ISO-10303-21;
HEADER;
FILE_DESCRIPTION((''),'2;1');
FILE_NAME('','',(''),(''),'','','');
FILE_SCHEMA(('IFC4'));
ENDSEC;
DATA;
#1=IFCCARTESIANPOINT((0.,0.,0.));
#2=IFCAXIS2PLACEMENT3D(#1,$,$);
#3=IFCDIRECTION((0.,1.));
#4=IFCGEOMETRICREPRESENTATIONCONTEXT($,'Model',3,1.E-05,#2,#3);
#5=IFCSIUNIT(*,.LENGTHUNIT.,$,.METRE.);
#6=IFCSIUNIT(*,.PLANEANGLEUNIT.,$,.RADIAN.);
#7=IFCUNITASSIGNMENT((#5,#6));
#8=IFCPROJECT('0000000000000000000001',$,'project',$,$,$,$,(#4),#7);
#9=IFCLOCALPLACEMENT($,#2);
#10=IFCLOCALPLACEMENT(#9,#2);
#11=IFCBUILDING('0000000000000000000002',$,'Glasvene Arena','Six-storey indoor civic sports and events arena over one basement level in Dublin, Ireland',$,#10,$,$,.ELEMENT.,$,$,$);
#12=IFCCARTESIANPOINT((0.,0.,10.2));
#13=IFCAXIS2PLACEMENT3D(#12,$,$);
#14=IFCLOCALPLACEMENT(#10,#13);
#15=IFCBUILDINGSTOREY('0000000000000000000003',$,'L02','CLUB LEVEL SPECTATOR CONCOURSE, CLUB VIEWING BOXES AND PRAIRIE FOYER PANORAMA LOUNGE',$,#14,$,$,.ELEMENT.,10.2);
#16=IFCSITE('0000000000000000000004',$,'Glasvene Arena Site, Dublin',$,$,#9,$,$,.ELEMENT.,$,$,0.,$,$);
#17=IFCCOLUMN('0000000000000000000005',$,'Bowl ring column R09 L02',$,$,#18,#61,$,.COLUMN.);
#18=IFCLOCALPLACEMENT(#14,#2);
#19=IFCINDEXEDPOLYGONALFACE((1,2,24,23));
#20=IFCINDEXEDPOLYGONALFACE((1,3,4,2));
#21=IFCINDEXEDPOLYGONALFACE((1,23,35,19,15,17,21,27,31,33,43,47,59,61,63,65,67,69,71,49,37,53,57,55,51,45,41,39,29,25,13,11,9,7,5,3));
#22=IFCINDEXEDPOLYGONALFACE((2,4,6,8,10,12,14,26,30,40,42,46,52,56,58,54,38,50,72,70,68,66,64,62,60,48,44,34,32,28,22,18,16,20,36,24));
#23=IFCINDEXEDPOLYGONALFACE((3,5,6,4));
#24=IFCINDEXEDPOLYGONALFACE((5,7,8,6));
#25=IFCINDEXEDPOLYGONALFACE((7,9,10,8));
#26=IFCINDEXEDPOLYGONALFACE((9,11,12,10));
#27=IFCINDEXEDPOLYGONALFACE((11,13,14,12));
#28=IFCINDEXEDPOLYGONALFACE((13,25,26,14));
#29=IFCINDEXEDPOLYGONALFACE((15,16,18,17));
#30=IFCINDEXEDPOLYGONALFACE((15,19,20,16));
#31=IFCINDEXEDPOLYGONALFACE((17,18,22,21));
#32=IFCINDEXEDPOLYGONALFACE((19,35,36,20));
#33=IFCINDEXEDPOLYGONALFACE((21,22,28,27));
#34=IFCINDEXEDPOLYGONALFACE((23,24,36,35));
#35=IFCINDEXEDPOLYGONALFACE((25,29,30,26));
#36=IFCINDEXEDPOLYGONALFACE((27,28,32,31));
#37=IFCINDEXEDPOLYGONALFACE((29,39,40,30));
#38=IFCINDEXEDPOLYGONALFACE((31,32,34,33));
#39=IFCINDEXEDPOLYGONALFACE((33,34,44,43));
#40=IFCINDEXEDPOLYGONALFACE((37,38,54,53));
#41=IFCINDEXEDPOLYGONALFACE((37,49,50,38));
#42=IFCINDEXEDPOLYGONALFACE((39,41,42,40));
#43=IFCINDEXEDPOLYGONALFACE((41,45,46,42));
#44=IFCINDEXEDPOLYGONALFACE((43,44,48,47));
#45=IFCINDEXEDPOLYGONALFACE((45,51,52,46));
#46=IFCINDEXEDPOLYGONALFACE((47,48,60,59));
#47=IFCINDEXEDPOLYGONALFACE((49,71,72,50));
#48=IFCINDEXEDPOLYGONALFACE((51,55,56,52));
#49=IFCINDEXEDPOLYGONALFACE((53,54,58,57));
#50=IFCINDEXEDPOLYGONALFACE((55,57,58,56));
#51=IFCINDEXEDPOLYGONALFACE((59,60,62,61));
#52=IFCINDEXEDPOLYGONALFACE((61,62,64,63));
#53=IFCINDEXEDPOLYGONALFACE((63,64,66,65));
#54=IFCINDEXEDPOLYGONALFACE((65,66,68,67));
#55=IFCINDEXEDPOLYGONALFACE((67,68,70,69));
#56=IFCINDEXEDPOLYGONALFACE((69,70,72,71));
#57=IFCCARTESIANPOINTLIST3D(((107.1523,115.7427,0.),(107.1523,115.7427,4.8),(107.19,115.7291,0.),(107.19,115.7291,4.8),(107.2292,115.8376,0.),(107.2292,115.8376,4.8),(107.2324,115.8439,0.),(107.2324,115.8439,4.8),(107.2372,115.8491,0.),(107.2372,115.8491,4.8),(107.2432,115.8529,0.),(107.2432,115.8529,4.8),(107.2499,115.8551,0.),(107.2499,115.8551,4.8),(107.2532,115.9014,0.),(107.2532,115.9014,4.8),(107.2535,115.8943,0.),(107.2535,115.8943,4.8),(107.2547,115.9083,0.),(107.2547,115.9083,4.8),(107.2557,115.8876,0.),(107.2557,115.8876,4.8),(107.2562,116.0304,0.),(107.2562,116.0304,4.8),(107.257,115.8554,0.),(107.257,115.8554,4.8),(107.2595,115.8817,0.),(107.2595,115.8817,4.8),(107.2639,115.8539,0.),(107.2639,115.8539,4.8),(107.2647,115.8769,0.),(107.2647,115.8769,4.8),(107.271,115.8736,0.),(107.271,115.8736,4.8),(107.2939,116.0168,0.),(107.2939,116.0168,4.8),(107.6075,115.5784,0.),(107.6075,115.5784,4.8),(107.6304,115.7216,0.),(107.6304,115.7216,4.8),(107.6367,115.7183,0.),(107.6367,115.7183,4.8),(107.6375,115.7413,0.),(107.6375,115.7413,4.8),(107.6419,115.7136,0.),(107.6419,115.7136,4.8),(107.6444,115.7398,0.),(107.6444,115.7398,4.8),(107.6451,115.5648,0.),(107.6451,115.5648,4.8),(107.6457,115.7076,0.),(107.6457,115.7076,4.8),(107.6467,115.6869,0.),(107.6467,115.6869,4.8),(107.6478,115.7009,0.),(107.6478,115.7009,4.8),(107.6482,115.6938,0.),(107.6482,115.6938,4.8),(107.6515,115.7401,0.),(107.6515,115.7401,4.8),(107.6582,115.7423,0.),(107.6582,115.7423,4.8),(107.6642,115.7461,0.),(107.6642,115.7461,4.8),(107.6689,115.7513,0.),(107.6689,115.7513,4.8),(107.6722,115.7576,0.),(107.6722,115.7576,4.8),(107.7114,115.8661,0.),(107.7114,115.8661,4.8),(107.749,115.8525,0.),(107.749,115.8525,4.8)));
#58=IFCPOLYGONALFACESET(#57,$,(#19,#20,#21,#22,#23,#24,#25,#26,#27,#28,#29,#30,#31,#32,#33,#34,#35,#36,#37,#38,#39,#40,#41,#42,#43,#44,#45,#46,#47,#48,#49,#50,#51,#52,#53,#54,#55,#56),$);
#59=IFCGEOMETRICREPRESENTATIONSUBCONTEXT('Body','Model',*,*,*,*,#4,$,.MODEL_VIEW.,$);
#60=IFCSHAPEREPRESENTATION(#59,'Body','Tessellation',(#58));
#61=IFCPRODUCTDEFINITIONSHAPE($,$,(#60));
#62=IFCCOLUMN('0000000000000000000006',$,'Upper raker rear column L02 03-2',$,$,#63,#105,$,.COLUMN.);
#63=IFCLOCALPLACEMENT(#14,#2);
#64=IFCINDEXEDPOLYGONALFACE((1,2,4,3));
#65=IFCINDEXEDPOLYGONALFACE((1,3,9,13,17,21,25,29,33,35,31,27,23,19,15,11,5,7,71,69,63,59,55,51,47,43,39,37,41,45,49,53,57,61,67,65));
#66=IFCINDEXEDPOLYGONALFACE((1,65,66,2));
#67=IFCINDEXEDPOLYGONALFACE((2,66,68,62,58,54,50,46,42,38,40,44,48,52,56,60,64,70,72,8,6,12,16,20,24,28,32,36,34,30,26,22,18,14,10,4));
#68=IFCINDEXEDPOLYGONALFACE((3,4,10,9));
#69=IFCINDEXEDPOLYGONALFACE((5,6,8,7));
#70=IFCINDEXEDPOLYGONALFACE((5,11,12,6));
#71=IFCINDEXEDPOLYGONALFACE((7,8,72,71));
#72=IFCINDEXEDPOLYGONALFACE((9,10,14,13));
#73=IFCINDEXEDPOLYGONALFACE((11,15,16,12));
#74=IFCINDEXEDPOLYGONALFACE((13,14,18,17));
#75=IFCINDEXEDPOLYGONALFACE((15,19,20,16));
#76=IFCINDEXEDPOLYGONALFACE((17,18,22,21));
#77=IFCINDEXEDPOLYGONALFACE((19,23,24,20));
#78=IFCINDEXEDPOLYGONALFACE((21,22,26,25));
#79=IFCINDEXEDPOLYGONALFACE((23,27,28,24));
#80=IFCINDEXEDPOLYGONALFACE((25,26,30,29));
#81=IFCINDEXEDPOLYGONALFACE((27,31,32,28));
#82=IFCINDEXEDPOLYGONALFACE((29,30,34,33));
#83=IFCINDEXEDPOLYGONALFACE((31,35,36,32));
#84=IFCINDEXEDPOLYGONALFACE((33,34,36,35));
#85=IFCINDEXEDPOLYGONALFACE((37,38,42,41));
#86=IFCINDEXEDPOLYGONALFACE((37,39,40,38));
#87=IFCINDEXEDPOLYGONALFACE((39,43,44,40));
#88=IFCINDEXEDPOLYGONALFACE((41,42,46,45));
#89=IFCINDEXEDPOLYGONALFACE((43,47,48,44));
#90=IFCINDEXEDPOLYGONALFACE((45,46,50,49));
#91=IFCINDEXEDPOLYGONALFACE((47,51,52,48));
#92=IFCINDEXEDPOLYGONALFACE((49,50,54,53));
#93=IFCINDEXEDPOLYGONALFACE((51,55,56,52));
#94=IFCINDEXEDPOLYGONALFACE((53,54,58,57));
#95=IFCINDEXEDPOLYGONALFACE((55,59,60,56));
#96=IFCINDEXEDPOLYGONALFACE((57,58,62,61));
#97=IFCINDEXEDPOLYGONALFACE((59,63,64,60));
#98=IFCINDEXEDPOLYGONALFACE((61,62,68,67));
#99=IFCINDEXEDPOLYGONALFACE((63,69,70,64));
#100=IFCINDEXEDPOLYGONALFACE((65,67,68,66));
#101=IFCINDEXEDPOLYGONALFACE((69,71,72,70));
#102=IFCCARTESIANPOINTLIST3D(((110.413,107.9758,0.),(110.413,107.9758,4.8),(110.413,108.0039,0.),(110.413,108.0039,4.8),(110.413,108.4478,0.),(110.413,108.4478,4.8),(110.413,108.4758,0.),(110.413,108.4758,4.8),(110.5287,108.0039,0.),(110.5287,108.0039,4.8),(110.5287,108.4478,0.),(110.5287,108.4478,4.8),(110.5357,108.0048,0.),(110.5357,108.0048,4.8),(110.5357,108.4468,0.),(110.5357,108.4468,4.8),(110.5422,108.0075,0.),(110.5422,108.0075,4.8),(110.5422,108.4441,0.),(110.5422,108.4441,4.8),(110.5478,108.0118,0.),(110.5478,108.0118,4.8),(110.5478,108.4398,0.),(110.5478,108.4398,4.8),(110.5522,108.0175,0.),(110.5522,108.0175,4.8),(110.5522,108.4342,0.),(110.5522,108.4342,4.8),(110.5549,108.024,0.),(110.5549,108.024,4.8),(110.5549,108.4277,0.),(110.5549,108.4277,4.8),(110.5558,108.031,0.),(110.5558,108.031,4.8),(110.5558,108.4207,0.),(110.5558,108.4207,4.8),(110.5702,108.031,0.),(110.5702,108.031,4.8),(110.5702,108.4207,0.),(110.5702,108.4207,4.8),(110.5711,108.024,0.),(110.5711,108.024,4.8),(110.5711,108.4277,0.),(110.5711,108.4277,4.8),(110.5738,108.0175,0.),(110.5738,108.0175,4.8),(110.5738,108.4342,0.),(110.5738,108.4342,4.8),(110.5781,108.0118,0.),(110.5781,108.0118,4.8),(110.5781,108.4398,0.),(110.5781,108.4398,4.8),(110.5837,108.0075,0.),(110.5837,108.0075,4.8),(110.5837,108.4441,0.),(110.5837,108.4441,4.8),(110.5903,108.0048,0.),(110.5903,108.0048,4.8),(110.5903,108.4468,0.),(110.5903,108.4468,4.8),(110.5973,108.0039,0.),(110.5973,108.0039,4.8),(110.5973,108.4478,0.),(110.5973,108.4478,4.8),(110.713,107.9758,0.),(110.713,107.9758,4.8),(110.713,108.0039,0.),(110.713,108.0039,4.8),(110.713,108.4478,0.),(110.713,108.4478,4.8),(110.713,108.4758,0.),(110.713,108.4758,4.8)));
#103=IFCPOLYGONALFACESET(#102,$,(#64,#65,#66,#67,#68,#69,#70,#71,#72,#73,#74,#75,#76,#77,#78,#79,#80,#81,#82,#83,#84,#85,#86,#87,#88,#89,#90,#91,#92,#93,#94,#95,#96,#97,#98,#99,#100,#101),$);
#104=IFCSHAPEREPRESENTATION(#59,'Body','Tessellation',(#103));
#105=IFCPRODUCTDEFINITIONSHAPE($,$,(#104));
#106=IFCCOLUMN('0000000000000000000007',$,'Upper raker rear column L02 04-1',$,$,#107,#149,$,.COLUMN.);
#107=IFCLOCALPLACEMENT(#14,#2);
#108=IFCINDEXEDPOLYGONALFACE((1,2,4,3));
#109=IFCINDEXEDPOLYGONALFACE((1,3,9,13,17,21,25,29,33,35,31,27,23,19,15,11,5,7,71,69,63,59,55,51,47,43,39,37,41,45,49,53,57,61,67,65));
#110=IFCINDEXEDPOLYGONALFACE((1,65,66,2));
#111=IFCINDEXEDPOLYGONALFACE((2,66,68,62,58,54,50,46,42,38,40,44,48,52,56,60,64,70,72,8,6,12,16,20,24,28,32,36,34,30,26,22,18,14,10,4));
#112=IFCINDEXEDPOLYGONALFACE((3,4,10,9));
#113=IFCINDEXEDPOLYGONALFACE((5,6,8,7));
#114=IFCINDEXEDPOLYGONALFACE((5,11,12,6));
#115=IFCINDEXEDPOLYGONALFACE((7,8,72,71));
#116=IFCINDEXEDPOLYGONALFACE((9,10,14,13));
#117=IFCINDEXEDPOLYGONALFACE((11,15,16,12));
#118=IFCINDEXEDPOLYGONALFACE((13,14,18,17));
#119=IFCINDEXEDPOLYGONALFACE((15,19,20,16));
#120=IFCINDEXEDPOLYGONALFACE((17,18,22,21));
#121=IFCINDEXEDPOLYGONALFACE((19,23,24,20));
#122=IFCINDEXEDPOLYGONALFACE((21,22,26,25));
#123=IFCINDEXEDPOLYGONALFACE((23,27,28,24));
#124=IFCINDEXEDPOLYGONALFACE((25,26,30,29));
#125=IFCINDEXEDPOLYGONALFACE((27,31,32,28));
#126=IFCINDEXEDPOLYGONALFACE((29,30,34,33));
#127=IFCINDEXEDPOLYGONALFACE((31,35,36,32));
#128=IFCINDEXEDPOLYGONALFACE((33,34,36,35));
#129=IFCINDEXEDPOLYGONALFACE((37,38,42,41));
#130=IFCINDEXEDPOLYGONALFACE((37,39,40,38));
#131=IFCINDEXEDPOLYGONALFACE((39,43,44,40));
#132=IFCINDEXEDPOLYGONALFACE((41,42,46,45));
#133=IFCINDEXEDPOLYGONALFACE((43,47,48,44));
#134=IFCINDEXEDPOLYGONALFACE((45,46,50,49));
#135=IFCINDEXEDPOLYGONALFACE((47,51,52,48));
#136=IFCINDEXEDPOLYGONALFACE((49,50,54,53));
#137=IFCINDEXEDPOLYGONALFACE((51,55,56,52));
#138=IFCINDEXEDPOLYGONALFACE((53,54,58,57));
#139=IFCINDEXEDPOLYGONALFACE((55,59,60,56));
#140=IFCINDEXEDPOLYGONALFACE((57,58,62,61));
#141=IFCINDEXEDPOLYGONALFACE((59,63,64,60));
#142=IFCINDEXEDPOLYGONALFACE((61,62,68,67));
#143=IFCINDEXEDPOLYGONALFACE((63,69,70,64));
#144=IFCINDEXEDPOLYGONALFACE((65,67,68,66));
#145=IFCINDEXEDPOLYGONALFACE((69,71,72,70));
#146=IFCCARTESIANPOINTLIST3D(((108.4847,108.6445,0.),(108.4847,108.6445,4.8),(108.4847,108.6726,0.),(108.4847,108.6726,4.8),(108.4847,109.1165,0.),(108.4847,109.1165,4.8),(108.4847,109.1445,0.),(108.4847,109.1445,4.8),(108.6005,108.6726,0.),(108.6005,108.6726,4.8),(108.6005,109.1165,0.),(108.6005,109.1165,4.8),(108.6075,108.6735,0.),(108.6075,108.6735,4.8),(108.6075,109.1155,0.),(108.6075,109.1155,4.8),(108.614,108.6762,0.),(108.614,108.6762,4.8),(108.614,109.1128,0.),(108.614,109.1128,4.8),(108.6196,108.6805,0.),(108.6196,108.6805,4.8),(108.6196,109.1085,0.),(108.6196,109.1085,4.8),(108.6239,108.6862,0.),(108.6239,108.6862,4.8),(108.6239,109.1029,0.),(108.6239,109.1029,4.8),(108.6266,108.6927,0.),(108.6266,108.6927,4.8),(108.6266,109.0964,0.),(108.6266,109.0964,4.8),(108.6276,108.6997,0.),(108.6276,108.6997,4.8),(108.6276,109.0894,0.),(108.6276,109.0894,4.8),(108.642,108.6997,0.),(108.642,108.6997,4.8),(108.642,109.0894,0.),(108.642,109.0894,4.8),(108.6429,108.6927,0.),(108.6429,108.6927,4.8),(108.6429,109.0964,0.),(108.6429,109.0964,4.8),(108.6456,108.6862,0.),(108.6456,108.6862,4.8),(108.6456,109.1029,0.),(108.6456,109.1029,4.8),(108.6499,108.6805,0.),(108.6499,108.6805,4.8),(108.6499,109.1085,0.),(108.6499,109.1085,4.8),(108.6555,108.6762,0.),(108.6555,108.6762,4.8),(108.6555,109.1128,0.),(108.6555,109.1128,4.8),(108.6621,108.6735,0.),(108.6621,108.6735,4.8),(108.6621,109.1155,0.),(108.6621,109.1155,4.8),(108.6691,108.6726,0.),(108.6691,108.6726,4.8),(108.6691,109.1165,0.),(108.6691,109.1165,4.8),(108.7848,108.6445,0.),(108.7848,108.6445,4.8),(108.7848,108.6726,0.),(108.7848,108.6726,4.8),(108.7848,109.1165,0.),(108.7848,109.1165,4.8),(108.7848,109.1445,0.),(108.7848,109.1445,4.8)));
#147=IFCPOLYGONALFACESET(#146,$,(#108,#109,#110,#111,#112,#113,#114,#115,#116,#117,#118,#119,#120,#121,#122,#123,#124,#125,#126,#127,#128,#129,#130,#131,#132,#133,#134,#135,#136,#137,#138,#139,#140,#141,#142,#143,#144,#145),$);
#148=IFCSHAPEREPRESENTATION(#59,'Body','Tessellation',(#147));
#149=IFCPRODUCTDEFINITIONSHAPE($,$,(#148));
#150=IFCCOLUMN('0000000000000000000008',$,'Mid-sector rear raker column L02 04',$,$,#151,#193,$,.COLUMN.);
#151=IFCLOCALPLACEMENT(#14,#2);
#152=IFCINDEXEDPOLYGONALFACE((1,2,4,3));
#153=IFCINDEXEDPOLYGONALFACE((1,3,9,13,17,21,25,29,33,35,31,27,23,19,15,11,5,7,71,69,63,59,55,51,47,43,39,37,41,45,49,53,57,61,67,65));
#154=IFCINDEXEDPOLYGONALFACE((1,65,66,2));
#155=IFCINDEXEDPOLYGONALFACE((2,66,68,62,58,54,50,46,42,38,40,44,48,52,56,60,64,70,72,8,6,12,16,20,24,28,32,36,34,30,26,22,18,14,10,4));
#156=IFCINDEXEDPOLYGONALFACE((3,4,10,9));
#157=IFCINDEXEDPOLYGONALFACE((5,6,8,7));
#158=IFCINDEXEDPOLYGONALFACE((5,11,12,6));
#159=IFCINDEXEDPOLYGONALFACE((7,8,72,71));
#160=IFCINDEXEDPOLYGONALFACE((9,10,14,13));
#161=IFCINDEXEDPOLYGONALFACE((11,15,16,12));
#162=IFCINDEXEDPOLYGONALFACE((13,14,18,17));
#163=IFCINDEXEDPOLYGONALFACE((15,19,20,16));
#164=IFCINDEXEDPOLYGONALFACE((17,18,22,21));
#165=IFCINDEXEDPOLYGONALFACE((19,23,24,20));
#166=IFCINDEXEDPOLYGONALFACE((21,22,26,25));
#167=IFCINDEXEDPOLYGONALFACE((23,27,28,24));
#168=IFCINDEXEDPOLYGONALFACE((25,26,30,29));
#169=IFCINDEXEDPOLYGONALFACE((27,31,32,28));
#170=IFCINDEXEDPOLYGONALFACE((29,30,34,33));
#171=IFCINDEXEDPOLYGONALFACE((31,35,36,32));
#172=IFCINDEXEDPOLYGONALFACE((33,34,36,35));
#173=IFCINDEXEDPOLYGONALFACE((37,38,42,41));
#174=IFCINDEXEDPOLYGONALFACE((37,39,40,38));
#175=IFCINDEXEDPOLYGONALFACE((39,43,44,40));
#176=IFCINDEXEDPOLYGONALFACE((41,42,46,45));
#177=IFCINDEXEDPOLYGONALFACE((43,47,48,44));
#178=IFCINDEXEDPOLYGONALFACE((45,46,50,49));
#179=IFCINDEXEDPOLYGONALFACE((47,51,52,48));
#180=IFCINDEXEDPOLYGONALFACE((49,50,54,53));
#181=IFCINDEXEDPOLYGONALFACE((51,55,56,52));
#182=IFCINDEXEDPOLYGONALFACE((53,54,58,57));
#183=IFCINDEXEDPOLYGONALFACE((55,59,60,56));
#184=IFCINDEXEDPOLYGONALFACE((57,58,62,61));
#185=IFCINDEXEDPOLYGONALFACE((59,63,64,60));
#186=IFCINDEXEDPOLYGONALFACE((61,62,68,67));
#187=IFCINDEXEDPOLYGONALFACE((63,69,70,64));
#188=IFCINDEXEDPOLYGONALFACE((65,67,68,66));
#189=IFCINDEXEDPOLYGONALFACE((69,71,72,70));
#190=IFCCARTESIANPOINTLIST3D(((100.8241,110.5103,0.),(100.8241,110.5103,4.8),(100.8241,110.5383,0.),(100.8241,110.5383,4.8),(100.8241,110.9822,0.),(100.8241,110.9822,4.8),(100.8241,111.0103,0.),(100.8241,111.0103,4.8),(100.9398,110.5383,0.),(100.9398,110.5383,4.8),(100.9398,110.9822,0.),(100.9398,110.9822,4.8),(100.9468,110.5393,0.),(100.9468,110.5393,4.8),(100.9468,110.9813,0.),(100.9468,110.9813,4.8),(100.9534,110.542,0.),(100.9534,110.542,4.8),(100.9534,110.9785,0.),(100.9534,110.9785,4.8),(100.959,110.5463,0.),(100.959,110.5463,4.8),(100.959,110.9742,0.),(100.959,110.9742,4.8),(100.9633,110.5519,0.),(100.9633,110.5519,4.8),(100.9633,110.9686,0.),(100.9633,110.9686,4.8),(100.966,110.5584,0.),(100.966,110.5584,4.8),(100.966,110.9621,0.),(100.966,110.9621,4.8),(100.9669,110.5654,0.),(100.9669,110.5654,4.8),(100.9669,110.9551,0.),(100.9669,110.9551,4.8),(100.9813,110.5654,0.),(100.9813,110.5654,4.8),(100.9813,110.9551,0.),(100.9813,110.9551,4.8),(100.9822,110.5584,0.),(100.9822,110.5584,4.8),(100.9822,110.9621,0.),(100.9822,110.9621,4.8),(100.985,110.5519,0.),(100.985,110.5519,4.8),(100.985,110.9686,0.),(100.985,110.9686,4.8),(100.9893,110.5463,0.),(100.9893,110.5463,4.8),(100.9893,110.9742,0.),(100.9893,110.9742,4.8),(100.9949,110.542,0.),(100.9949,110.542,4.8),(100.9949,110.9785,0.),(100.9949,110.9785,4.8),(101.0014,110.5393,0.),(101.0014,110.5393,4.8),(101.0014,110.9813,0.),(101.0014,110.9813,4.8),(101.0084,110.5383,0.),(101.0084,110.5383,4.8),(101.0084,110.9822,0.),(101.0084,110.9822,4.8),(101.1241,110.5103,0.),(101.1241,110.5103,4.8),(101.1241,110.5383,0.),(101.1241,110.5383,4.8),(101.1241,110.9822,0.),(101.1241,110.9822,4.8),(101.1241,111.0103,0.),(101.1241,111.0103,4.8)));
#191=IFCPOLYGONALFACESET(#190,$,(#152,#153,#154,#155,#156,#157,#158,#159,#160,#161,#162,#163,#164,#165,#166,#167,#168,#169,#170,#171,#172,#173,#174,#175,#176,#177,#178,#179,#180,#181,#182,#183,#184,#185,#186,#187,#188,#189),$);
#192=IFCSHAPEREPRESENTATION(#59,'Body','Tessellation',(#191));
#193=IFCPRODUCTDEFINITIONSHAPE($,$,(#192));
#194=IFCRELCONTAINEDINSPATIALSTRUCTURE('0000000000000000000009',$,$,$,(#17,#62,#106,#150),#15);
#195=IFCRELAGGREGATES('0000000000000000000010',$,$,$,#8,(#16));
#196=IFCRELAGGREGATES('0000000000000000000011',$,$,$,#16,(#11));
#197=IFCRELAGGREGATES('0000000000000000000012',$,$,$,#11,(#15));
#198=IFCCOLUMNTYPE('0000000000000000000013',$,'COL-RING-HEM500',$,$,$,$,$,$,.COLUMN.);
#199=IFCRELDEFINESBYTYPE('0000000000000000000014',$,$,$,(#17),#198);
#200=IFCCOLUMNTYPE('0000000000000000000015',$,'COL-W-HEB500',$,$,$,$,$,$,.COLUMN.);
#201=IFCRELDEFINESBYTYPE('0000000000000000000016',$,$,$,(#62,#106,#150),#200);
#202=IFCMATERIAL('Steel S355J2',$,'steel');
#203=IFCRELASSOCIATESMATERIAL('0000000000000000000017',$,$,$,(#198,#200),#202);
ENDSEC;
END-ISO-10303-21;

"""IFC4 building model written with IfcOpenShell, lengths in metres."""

from ifc_helpers import new_model, si_unit, direction, frame, origin, origin_2d, place, context, subcontext, project, spatial, i_section, extrude, material, material_profile, profile_set, type_object, element, save


model = new_model("IFC4")

# Units and contexts
model_context = context("Model", 3, precision=1e-05, world=origin(), true_north=direction((0.0, 1.0)))
body_context = subcontext(model_context, "Body", "Model", "MODEL_VIEW")
ifc_project = project(units=[si_unit("LENGTHUNIT", "METRE"), si_unit("PLANEANGLEUNIT", "RADIAN")], contexts=[model_context])

# Site, building, storey
site_placement = place(None, origin())
site = spatial("IfcSite", under=ifc_project, at=site_placement, Name="Glasvene Arena Site, Dublin", CompositionType="ELEMENT", RefElevation=0.0)
building_placement = place(site_placement, origin())
building = spatial("IfcBuilding", under=site, at=building_placement, Name="Glasvene Arena", Description="Six-storey indoor civic sports and events arena over one basement level in Dublin, Ireland", CompositionType="ELEMENT")
storey_placement = place(building_placement, frame((0.0, 0.0, 10.2)))
storey = spatial("IfcBuildingStorey", under=building, at=storey_placement, Name="L02", Description="CLUB LEVEL SPECTATOR CONCOURSE, CLUB VIEWING BOXES AND PRAIRIE FOYER PANORAMA LOUNGE", CompositionType="ELEMENT", Elevation=10.2)

# Columns
ifc_material_1 = material(Name="Steel S355J2", Category="steel")
ifc_material_profile_1 = material_profile(ifc_material_1, i_section(OverallWidth=0.3059, OverallDepth=0.5239, WebThickness=0.021, FlangeThickness=0.04, FilletRadius=0.0271, at=origin_2d()), Name="HEM 500")
ifc_profile_set_1 = profile_set([ifc_material_profile_1], Name="Steel S355J2")
column_type_1 = type_object("IfcColumnType", Name="COL-RING-HEM500", PredefinedType="COLUMN", material=ifc_profile_set_1)
column_placement = place(storey_placement, frame((107.4507, 115.7976, 0.0), z_axis=(0.0, 0.0, 1.0), x_axis=(0.339559, 0.940585, 0.0)))
element("IfcColumn", 1, at=column_placement, inside=storey, type_object=column_type_1, Name="Bowl ring column R09 L02", PredefinedType="COLUMN", context=body_context, shape_type="SweptSolid", body=[
    extrude(i_section(OverallWidth=0.3059, OverallDepth=0.5239, WebThickness=0.021, FlangeThickness=0.04, FilletRadius=0.0271, at=origin_2d()), origin(), (0.0, 0.0, 1.0), 4.8),
])
ifc_material_profile_2 = material_profile(ifc_material_1, i_section(OverallWidth=0.3, OverallDepth=0.5, WebThickness=0.0144, FlangeThickness=0.0281, FilletRadius=0.0271, at=origin_2d()), Name="HEB 500")
ifc_profile_set_2 = profile_set([ifc_material_profile_2], Name="Steel S355J2")
column_type_2 = type_object("IfcColumnType", Name="COL-W-HEB500", PredefinedType="COLUMN", material=ifc_profile_set_2)
for number, where, z_axis, x_axis, name in (
    (2, (110.563, 108.2258, 0.0), (0.0, 0.0, 1.0), (1.0, 0.0, 0.0), "Upper raker rear column L02 03-2"),
    (3, (108.6348, 108.8945, 0.0), (0.0, 0.0, 1.0), (1.0, 0.0, 0.0), "Upper raker rear column L02 04-1"),
    (4, (100.9741, 110.7603, 0.0), (0.0, 0.0, 1.0), (1.0, 0.0, 0.0), "Mid-sector rear raker column L02 04"),
):
    element("IfcColumn", number, at=place(storey_placement, frame(where, z_axis=z_axis, x_axis=x_axis)), inside=storey, type_object=column_type_2, Name=name, PredefinedType="COLUMN", context=body_context, shape_type="SweptSolid", body=[
        extrude(i_section(OverallWidth=0.3, OverallDepth=0.5, WebThickness=0.0144, FlangeThickness=0.0281, FilletRadius=0.0271, at=origin_2d()), origin(), (0.0, 0.0, 1.0), 4.8),
    ])

save(model, "model.ifc")
